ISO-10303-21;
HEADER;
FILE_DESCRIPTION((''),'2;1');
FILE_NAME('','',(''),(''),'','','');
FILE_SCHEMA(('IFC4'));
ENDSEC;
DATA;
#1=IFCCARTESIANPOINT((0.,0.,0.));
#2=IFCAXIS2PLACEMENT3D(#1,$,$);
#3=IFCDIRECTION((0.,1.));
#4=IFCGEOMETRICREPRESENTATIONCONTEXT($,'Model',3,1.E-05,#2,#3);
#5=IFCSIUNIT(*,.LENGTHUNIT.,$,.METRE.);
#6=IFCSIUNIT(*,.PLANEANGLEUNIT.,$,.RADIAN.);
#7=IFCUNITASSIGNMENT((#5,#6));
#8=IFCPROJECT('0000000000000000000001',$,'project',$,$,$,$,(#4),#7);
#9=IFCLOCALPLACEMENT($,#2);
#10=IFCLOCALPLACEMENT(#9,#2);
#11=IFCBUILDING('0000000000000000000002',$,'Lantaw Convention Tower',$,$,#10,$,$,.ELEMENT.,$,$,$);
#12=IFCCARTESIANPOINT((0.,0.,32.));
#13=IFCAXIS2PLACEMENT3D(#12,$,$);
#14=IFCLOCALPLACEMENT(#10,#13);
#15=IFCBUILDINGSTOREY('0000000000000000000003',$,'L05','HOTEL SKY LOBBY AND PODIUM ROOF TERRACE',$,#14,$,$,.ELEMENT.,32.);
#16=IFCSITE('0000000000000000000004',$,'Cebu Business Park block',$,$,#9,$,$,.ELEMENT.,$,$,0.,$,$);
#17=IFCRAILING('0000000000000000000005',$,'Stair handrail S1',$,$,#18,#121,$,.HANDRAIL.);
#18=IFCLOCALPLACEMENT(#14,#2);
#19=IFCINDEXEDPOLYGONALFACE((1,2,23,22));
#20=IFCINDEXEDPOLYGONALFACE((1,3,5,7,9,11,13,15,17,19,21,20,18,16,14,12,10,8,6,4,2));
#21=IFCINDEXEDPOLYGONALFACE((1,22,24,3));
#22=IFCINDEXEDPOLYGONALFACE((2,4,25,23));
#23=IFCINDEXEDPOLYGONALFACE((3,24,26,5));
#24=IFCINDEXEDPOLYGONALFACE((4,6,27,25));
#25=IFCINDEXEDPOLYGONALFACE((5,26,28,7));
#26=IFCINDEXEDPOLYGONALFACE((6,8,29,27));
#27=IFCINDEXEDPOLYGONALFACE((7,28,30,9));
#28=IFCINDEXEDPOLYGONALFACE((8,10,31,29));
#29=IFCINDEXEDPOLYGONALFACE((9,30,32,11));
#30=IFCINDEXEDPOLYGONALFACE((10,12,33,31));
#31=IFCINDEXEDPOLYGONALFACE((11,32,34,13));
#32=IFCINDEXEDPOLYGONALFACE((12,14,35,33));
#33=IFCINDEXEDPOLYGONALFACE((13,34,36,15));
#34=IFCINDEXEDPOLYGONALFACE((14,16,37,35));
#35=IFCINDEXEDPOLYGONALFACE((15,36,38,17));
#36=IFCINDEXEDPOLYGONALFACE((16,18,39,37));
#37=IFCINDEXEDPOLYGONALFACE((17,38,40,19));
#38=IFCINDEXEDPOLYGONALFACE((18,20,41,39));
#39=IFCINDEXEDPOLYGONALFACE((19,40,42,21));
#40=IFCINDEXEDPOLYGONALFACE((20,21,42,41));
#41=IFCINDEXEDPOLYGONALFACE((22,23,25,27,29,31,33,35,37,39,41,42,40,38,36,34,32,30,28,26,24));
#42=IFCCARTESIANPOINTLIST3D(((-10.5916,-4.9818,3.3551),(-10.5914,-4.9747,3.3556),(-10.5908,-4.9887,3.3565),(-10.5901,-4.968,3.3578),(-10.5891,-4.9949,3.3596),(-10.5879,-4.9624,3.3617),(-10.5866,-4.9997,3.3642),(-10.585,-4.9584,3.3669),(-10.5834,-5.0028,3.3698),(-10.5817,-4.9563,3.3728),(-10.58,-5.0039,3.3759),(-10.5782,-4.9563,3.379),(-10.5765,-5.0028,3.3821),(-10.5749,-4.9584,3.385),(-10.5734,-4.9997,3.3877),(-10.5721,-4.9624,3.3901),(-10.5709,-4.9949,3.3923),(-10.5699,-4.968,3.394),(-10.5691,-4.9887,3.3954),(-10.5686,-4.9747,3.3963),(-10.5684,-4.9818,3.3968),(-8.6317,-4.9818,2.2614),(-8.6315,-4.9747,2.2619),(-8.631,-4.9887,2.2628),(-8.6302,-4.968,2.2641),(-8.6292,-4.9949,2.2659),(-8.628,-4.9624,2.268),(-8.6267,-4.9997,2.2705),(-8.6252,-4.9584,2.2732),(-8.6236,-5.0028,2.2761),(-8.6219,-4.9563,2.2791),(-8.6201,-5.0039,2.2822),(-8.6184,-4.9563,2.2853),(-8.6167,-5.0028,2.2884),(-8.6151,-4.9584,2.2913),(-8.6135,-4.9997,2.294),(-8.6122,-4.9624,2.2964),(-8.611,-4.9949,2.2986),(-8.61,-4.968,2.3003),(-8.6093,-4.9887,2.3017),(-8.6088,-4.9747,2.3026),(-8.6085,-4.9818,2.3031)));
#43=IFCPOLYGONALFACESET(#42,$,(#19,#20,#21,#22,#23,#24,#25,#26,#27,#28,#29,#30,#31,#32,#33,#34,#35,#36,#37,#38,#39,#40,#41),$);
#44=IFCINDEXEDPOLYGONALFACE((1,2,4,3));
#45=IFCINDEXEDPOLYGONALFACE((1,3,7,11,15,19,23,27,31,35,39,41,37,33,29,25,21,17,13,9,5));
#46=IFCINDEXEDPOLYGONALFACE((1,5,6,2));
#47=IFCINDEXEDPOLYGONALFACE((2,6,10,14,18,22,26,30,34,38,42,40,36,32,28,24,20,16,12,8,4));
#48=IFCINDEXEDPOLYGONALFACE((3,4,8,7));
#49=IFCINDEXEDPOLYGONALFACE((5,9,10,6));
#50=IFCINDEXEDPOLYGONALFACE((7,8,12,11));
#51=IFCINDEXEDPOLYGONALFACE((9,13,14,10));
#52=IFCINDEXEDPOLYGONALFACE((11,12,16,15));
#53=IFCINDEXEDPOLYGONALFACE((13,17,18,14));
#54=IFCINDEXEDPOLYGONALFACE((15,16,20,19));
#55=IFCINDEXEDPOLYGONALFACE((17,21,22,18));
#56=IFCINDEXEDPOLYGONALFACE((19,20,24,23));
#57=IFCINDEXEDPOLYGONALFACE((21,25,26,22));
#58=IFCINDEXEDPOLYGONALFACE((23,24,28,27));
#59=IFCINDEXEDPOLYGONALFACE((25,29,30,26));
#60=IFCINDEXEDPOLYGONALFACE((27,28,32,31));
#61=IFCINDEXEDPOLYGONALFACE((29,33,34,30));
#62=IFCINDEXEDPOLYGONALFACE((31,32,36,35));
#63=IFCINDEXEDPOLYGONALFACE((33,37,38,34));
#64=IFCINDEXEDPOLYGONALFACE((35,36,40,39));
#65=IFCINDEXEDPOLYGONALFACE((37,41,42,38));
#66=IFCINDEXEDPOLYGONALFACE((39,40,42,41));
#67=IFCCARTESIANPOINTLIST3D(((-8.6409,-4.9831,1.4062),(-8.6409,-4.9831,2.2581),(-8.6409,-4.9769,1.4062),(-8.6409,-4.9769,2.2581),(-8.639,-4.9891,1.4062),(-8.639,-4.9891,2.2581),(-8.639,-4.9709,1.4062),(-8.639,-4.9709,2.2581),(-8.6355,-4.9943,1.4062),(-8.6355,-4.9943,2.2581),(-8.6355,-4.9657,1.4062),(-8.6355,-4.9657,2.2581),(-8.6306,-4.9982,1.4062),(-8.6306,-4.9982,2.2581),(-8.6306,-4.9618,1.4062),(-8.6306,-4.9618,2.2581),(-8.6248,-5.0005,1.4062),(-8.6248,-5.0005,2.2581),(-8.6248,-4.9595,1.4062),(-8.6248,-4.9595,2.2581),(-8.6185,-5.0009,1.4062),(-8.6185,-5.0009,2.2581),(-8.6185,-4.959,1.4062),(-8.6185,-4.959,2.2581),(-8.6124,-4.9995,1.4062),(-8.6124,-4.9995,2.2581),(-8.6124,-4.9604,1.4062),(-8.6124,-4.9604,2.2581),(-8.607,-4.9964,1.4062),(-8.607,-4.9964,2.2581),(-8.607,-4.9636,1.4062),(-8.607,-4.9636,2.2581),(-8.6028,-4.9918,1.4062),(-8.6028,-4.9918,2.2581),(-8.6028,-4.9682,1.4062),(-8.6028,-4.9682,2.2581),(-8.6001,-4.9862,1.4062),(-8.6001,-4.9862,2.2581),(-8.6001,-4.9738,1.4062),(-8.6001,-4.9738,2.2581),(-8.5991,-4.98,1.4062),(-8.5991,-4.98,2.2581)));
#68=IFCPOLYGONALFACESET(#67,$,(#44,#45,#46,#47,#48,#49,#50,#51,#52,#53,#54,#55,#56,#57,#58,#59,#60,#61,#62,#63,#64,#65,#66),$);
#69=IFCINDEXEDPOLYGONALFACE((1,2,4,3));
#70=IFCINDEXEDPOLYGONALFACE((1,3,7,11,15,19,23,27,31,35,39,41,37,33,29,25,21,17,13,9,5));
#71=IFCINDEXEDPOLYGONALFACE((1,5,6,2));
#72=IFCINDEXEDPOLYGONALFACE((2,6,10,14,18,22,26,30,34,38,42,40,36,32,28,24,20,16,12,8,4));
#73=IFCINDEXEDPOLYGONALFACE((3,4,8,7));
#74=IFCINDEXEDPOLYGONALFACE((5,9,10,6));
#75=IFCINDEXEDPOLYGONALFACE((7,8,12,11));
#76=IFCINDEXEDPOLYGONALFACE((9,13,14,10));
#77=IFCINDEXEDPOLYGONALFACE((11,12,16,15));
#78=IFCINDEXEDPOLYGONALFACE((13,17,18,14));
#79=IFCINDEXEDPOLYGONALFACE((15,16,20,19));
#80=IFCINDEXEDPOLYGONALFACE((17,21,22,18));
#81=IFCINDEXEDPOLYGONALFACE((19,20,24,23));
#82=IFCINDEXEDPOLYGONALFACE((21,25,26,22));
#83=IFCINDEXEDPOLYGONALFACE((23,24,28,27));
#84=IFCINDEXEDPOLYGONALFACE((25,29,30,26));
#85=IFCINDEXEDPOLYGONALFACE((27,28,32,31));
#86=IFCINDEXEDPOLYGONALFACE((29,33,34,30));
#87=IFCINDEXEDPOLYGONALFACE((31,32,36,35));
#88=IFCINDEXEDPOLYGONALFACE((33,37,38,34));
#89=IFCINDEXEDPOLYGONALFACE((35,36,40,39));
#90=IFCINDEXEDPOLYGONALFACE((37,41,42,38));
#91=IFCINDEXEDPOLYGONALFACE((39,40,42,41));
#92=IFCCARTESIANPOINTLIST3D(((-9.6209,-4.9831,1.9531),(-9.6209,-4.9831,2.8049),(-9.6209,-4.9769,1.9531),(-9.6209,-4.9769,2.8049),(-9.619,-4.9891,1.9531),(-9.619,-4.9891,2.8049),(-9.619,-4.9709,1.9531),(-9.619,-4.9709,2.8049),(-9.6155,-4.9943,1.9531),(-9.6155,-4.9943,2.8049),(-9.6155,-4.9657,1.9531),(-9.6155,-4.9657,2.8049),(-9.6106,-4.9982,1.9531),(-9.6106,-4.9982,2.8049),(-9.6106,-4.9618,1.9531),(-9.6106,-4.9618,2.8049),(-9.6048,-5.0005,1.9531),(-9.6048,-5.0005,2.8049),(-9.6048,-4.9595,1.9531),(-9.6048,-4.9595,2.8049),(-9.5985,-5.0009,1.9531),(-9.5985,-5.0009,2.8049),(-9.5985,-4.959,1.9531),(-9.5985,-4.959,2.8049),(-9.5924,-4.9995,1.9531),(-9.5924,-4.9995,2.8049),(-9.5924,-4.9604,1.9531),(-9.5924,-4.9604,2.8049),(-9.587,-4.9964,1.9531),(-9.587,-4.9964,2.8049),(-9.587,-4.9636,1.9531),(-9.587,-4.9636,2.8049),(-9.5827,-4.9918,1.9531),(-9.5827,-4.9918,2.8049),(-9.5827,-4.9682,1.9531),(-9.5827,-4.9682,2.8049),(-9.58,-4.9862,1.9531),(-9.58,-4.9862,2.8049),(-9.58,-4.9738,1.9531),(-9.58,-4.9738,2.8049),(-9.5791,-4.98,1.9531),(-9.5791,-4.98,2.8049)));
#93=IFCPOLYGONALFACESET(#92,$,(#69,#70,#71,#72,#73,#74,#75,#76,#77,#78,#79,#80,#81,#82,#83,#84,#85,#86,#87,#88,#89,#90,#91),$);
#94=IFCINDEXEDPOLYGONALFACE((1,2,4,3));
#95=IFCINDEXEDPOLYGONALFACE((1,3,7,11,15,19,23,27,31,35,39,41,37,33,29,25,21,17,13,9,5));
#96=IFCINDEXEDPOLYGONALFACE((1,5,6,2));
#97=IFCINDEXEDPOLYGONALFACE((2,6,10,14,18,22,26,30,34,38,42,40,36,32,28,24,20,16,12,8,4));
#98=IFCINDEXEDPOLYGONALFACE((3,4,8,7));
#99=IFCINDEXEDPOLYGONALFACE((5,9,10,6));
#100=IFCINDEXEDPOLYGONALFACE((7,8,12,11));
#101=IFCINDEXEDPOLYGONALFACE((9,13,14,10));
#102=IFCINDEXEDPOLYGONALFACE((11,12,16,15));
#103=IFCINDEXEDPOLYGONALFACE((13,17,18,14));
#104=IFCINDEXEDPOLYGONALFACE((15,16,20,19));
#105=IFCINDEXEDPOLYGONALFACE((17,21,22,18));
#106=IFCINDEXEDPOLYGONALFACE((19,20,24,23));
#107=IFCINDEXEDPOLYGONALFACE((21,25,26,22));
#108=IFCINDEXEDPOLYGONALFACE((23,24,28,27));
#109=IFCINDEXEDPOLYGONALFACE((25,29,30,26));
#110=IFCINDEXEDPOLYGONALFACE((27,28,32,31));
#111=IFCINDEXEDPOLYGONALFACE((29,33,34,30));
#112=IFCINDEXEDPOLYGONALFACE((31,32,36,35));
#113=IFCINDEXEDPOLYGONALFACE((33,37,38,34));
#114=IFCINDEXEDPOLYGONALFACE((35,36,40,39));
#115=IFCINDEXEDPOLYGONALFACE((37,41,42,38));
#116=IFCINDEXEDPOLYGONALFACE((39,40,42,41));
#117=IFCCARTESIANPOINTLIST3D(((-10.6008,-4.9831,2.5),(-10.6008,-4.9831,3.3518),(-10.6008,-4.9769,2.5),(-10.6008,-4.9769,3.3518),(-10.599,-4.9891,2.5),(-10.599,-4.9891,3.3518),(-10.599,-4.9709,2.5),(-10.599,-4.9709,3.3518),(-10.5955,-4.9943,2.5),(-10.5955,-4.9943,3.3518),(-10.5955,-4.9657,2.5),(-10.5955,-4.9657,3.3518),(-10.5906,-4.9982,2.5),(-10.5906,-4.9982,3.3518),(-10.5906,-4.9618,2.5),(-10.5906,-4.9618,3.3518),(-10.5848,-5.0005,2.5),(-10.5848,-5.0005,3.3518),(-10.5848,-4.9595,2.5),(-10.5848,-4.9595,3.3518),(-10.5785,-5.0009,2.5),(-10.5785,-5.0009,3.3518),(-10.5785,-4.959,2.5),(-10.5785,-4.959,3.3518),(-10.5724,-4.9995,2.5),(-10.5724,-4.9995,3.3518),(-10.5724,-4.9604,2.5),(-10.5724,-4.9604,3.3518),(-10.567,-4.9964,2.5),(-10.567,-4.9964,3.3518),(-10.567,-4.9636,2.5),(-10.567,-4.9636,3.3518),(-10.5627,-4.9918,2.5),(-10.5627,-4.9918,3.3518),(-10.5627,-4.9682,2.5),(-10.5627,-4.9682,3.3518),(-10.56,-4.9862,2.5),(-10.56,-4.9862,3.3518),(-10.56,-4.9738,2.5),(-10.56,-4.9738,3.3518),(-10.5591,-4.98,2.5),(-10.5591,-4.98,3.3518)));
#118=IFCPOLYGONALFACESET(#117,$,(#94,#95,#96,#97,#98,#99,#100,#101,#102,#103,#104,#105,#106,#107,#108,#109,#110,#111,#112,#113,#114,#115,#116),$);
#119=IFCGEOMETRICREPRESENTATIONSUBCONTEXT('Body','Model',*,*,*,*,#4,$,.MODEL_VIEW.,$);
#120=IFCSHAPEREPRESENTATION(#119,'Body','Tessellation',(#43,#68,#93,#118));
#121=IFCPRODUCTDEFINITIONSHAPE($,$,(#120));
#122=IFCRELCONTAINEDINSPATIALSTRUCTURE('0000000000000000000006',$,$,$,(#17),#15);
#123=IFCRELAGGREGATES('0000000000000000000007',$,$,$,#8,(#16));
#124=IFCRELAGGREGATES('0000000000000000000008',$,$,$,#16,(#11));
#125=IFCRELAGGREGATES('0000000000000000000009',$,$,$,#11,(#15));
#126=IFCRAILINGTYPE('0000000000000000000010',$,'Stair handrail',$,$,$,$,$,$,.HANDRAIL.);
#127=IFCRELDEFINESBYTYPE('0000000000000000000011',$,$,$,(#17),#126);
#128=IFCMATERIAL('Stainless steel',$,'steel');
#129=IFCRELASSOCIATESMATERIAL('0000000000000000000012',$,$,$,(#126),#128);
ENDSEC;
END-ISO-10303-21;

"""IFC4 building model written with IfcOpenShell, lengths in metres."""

from ifc_helpers import new_model, si_unit, direction, frame, origin, origin_2d, place, context, subcontext, project, spatial, circle, extrude, material, type_object, element, save


model = new_model("IFC4")

# Units and contexts
model_context = context("Model", 3, precision=1e-05, world=origin(), true_north=direction((0.0, 1.0)))
body_context = subcontext(model_context, "Body", "Model", "MODEL_VIEW")
ifc_project = project(units=[si_unit("LENGTHUNIT", "METRE"), si_unit("PLANEANGLEUNIT", "RADIAN")], contexts=[model_context])

# Site, building, storey
site_placement = place(None, origin())
site = spatial("IfcSite", under=ifc_project, at=site_placement, Name="Cebu Business Park block", CompositionType="ELEMENT", RefElevation=0.0)
building_placement = place(site_placement, origin())
building = spatial("IfcBuilding", under=site, at=building_placement, Name="Lantaw Convention Tower", CompositionType="ELEMENT")
storey_placement = place(building_placement, frame((0.0, 0.0, 32.0)))
storey = spatial("IfcBuildingStorey", under=building, at=storey_placement, Name="L05", Description="HOTEL SKY LOBBY AND PODIUM ROOF TERRACE", CompositionType="ELEMENT", Elevation=32.0)

# Shared definitions
ifc_material_1 = material(Name="Stainless steel", Category="steel")

# Railing
railing_type = type_object("IfcRailingType", Name="Stair handrail", PredefinedType="HANDRAIL", material=ifc_material_1)
railing_1_placement = place(storey_placement, frame((-8.6201, -4.98, 1.4062)))
element("IfcRailing", 1, at=railing_1_placement, inside=storey, type_object=railing_type, Name="Stair handrail S1", PredefinedType="HANDRAIL", context=body_context, shape_type="SweptSolid", body=[
    extrude(circle(Radius=0.0239, at=origin_2d()), frame((0.0, 0.0, 0.876), z_axis=(-0.873232, 0.0, 0.487304), x_axis=(0.0, -1.0, 0.0)), (0.0, 0.0, 1.0), 2.2444),
    extrude(circle(Radius=0.021, at=origin_2d()), origin(), (0.0, 0.0, 1.0), 0.8518),
    extrude(circle(Radius=0.021, at=origin_2d()), frame((-0.98, 0.0, 0.5469)), (0.0, 0.0, 1.0), 0.8518),
    extrude(circle(Radius=0.021, at=origin_2d()), frame((-1.96, 0.0, 1.0938)), (0.0, 0.0, 1.0), 0.8518),
])

save(model, "model.ifc")
